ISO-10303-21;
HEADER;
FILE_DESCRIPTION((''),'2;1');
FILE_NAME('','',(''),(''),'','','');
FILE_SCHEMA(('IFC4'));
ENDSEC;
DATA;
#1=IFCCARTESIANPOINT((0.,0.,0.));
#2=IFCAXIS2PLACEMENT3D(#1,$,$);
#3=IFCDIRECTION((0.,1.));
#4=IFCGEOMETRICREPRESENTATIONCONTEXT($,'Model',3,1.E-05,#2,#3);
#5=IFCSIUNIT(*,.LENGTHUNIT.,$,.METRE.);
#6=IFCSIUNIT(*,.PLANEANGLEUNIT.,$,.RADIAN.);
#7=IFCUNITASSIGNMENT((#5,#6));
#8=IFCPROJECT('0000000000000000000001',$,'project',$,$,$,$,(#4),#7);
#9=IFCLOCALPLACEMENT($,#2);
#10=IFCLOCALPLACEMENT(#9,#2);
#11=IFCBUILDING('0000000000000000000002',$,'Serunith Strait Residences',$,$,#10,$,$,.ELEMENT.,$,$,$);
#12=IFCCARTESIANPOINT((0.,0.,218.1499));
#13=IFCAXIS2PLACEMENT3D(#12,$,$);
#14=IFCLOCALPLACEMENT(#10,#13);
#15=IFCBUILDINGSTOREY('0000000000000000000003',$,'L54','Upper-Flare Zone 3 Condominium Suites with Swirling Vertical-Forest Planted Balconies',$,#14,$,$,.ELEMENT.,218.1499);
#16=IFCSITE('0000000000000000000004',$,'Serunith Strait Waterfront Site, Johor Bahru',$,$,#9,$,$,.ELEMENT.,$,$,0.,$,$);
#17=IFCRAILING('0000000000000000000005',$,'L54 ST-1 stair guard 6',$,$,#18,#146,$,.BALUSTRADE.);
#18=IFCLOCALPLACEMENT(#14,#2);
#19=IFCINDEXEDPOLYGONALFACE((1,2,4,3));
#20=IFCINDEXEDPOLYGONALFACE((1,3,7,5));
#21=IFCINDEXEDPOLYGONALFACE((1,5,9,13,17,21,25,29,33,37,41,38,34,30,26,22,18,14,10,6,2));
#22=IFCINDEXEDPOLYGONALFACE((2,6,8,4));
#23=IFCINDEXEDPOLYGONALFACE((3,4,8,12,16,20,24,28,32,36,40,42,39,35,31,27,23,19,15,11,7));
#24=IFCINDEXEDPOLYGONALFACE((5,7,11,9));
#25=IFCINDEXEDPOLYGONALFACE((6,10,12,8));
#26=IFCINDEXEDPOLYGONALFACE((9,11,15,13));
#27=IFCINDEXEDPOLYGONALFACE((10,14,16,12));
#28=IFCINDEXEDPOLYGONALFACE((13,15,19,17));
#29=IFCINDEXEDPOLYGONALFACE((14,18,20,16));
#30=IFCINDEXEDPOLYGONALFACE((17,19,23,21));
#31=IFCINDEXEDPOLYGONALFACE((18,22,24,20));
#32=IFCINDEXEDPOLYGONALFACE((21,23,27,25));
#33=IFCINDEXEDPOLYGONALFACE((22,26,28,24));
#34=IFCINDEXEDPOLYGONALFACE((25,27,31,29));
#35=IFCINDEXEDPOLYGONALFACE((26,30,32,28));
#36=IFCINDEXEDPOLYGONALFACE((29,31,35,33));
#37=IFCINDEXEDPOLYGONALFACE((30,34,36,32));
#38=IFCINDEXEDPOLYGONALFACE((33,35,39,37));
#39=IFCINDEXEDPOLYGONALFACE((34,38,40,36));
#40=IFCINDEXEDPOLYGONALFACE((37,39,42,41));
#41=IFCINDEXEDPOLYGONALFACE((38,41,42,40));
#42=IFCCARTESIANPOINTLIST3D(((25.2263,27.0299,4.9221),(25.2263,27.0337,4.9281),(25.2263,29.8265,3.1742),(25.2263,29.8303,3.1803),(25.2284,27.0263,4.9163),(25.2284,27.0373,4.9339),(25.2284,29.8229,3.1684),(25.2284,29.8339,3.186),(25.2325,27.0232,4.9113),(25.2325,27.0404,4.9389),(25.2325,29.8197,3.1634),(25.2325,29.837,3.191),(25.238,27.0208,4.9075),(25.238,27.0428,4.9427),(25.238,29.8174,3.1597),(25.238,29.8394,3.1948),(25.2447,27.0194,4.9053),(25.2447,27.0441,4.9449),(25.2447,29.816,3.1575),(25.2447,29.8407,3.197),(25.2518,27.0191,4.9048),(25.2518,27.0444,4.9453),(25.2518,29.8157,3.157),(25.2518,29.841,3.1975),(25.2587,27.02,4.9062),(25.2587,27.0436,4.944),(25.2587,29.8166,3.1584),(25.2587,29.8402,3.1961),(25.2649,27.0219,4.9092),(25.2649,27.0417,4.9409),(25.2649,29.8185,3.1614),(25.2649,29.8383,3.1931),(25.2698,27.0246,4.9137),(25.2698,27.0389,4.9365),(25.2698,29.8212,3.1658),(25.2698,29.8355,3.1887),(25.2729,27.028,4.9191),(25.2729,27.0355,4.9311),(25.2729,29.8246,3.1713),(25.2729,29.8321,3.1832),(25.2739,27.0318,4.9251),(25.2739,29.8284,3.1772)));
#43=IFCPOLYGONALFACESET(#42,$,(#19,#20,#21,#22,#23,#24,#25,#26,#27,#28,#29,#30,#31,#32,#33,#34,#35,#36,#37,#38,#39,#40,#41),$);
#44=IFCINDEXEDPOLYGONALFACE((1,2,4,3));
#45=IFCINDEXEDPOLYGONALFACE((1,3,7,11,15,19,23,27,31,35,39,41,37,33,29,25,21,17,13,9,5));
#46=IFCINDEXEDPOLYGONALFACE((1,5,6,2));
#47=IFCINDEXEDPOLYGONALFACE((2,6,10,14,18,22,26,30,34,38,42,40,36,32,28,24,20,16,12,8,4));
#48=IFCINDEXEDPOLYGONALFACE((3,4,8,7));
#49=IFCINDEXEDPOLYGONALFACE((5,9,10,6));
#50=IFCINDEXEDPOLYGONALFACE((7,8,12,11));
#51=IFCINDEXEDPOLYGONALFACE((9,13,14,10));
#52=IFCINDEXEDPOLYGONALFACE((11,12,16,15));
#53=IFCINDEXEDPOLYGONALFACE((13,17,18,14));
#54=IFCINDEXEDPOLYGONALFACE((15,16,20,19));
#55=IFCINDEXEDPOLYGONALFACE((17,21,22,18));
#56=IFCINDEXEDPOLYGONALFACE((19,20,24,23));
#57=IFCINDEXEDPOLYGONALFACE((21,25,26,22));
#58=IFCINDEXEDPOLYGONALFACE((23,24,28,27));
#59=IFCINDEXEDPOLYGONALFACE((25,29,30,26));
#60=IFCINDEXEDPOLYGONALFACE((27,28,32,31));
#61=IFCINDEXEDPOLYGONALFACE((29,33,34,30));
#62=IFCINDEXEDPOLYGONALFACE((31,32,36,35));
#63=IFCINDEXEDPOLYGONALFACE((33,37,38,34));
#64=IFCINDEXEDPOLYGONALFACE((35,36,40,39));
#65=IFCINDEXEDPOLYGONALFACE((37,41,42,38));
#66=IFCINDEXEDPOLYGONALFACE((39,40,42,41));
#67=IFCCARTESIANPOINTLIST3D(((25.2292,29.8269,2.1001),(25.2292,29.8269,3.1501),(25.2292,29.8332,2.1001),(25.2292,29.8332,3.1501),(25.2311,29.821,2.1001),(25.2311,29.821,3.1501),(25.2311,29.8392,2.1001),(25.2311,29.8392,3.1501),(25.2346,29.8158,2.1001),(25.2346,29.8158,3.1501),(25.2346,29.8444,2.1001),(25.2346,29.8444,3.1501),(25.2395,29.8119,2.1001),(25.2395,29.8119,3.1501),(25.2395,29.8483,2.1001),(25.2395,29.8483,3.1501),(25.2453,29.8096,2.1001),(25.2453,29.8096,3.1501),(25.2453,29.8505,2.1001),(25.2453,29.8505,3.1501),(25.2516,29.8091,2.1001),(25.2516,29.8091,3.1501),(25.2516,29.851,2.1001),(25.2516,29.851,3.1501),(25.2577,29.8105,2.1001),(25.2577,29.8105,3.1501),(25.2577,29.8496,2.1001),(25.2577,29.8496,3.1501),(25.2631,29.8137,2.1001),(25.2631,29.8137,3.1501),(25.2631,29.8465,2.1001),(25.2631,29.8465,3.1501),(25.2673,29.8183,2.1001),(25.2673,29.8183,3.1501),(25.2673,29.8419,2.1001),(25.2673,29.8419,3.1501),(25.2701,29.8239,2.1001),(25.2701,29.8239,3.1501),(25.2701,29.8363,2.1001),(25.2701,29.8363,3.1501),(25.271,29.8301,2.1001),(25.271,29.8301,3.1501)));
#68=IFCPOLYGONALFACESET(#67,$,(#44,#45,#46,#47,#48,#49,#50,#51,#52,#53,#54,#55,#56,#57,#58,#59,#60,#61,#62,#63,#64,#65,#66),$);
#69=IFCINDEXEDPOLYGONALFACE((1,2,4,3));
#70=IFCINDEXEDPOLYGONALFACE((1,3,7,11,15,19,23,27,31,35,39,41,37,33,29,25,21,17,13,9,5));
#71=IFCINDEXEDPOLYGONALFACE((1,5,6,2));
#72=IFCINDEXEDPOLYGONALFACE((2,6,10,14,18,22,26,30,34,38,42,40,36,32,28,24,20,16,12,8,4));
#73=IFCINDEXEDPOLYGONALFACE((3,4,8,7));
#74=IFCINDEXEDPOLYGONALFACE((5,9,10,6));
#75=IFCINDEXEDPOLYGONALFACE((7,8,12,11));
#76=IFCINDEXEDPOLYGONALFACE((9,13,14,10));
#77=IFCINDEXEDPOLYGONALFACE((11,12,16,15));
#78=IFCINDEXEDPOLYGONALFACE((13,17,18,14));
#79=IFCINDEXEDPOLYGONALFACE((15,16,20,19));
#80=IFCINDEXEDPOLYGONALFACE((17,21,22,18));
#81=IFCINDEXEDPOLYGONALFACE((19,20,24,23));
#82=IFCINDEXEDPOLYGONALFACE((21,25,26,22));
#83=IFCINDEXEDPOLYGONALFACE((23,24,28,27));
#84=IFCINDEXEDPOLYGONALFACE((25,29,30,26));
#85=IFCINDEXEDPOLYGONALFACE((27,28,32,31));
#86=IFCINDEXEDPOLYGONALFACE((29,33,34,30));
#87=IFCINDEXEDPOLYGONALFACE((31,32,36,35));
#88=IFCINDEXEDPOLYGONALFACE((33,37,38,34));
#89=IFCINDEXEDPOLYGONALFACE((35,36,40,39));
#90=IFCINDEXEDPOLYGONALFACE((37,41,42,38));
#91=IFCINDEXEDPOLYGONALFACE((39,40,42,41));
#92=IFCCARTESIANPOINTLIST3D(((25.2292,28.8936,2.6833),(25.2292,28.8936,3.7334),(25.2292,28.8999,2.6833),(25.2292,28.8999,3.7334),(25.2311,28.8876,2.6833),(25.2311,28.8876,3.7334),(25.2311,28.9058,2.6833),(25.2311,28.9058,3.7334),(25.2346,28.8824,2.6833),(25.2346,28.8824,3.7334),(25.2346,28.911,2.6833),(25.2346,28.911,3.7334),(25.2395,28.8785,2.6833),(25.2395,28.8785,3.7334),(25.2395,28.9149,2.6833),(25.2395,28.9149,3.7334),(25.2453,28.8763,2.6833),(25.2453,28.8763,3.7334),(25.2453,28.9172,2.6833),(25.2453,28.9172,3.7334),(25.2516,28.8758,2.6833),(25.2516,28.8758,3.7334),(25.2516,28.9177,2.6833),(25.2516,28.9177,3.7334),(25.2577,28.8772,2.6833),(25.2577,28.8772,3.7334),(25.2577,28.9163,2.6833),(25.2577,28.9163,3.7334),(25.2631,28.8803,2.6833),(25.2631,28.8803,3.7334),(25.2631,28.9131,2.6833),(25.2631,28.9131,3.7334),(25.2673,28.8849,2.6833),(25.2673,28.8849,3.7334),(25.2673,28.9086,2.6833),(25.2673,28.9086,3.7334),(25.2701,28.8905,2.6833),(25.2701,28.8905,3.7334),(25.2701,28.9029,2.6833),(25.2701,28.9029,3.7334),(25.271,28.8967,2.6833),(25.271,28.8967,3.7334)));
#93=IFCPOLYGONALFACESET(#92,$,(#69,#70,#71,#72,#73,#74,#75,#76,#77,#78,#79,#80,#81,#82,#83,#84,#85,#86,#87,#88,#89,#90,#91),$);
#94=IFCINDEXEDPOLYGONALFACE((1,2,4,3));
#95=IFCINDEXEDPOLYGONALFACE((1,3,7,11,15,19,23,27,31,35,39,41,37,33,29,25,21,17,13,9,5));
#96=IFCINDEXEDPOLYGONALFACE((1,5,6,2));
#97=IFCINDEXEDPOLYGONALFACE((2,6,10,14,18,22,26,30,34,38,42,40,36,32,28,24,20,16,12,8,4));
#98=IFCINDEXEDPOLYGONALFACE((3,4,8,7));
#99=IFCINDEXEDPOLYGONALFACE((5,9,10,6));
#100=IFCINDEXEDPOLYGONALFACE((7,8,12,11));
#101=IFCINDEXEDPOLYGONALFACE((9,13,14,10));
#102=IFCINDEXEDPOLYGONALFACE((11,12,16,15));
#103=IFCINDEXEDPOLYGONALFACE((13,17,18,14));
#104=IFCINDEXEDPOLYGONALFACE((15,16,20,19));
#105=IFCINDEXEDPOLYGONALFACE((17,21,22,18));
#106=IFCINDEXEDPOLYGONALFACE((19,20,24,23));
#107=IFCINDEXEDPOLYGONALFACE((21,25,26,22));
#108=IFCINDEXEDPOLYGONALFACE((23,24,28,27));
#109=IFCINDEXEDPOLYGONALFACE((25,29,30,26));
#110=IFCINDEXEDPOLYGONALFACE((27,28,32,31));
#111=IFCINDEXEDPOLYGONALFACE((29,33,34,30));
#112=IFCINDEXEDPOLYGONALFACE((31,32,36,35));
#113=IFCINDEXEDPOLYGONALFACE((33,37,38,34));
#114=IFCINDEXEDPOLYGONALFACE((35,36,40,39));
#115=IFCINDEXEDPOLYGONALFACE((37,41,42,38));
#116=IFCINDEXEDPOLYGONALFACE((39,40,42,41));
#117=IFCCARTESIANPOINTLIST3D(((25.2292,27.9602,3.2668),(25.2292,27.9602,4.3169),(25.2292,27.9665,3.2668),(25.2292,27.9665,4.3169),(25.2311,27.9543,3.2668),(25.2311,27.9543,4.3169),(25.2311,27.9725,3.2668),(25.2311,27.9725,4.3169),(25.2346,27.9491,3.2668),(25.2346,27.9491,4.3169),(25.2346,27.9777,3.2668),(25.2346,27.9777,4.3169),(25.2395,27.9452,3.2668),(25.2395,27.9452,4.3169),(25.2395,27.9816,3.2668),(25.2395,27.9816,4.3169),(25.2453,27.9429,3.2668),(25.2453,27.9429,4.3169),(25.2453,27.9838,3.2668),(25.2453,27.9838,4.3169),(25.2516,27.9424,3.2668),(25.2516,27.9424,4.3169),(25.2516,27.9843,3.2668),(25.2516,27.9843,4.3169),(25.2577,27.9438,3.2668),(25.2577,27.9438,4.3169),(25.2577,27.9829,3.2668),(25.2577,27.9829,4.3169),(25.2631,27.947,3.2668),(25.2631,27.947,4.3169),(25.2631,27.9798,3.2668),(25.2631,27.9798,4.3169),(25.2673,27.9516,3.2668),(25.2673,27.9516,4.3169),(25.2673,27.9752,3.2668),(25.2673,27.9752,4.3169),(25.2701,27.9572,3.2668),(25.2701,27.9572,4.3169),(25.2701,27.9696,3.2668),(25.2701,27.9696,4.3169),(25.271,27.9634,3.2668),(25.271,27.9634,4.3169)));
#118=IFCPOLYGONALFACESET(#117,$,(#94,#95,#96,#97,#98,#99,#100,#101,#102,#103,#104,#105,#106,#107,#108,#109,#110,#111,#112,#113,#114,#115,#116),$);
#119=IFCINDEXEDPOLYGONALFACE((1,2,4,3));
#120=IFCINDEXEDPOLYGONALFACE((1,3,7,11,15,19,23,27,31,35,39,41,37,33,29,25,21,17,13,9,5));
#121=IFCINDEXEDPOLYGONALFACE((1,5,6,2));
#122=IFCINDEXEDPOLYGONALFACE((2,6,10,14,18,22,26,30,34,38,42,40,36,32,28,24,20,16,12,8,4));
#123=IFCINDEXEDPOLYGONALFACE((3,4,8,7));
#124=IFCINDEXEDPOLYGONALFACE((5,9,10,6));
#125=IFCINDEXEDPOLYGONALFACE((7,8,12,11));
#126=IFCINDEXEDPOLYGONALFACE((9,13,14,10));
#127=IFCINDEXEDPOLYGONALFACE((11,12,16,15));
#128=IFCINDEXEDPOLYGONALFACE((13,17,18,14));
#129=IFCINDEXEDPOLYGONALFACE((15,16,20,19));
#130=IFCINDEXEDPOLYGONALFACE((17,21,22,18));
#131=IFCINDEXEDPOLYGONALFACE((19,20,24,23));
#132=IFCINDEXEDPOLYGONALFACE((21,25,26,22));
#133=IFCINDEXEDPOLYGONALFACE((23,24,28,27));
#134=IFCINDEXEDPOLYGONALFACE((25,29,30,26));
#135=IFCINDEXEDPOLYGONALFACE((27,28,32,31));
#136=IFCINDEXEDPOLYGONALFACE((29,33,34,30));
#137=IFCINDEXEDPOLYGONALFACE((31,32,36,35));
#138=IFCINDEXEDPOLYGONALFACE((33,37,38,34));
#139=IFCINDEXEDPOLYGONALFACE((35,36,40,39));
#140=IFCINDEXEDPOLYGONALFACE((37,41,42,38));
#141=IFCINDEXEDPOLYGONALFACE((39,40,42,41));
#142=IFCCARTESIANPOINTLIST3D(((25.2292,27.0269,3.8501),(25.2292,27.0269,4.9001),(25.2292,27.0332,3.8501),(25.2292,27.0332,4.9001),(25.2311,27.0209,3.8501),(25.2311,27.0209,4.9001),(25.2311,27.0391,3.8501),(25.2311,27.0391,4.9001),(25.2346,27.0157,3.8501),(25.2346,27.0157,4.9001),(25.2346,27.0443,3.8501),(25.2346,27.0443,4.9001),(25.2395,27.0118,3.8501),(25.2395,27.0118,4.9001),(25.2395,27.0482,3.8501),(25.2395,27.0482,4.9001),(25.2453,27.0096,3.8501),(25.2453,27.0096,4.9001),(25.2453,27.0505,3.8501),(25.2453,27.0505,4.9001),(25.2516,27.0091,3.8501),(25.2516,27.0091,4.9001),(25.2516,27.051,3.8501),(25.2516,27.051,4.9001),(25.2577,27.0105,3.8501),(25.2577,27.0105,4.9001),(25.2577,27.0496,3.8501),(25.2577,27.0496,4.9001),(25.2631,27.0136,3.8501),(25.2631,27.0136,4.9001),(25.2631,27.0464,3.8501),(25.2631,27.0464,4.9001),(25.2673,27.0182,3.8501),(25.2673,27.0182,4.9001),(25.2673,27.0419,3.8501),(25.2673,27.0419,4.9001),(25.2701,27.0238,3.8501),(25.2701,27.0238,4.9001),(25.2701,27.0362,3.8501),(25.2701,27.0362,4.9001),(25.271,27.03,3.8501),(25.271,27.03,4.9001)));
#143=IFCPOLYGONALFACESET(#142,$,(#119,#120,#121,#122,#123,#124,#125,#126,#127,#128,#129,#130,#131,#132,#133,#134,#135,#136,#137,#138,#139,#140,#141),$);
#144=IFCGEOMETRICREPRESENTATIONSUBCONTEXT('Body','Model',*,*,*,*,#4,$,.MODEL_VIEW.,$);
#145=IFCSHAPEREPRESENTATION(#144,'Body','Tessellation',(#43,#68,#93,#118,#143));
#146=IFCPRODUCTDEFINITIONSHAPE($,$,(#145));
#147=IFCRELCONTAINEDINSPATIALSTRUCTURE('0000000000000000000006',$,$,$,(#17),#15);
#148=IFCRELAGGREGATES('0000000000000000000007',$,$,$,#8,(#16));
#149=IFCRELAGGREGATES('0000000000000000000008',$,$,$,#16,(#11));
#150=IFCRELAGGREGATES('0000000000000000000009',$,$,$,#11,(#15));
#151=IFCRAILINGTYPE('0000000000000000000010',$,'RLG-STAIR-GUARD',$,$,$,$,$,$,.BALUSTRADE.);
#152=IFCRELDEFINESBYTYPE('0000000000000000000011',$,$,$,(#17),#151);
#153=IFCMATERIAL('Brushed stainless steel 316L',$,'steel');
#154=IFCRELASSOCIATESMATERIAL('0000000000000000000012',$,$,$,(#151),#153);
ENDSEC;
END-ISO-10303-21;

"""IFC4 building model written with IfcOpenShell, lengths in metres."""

from ifc_helpers import new_model, si_unit, direction, frame, origin, origin_2d, place, context, subcontext, project, spatial, circle, extrude, material, type_object, element, save


model = new_model("IFC4")

# Units and contexts
model_context = context("Model", 3, precision=1e-05, world=origin(), true_north=direction((0.0, 1.0)))
body_context = subcontext(model_context, "Body", "Model", "MODEL_VIEW")
ifc_project = project(units=[si_unit("LENGTHUNIT", "METRE"), si_unit("PLANEANGLEUNIT", "RADIAN")], contexts=[model_context])

# Site, building, storey
site_placement = place(None, origin())
site = spatial("IfcSite", under=ifc_project, at=site_placement, Name="Serunith Strait Waterfront Site, Johor Bahru", CompositionType="ELEMENT", RefElevation=0.0)
building_placement = place(site_placement, origin())
building = spatial("IfcBuilding", under=site, at=building_placement, Name="Serunith Strait Residences", CompositionType="ELEMENT")
storey_placement = place(building_placement, frame((0.0, 0.0, 218.1499)))
storey = spatial("IfcBuildingStorey", under=building, at=storey_placement, Name="L54", Description="Upper-Flare Zone 3 Condominium Suites with Swirling Vertical-Forest Planted Balconies", CompositionType="ELEMENT", Elevation=218.1499)

# Railing
ifc_material_1 = material(Name="Brushed stainless steel 316L", Category="steel")
railing_type_1 = type_object("IfcRailingType", Name="RLG-STAIR-GUARD", PredefinedType="BALUSTRADE", material=ifc_material_1)
railing_1_placement = place(storey_placement, frame((25.25, 29.8301, 2.1001)))
element("IfcRailing", 1, at=railing_1_placement, inside=storey, type_object=railing_type_1, Name="L54 ST-1 stair guard 6", PredefinedType="BALUSTRADE", context=body_context, shape_type="SweptSolid", body=[
    extrude(circle(Radius=0.0239, at=origin_2d()), frame((0.0, -0.0017, 1.0771), z_axis=(0.0, -0.848002, 0.529992), x_axis=(1.0, 0.0, 0.0)), (0.0, 0.0, 1.0), 3.2979),
    extrude(circle(Radius=0.021, at=origin_2d()), origin(), (0.0, 0.0, 1.0), 1.05),
    extrude(circle(Radius=0.021, at=origin_2d()), frame((0.0, -0.9333, 0.5833)), (0.0, 0.0, 1.0), 1.05),
    extrude(circle(Radius=0.021, at=origin_2d()), frame((0.0, -1.8667, 1.1667)), (0.0, 0.0, 1.0), 1.05),
    extrude(circle(Radius=0.021, at=origin_2d()), frame((0.0, -2.8, 1.75)), (0.0, 0.0, 1.0), 1.05),
])

save(model, "model.ifc")
